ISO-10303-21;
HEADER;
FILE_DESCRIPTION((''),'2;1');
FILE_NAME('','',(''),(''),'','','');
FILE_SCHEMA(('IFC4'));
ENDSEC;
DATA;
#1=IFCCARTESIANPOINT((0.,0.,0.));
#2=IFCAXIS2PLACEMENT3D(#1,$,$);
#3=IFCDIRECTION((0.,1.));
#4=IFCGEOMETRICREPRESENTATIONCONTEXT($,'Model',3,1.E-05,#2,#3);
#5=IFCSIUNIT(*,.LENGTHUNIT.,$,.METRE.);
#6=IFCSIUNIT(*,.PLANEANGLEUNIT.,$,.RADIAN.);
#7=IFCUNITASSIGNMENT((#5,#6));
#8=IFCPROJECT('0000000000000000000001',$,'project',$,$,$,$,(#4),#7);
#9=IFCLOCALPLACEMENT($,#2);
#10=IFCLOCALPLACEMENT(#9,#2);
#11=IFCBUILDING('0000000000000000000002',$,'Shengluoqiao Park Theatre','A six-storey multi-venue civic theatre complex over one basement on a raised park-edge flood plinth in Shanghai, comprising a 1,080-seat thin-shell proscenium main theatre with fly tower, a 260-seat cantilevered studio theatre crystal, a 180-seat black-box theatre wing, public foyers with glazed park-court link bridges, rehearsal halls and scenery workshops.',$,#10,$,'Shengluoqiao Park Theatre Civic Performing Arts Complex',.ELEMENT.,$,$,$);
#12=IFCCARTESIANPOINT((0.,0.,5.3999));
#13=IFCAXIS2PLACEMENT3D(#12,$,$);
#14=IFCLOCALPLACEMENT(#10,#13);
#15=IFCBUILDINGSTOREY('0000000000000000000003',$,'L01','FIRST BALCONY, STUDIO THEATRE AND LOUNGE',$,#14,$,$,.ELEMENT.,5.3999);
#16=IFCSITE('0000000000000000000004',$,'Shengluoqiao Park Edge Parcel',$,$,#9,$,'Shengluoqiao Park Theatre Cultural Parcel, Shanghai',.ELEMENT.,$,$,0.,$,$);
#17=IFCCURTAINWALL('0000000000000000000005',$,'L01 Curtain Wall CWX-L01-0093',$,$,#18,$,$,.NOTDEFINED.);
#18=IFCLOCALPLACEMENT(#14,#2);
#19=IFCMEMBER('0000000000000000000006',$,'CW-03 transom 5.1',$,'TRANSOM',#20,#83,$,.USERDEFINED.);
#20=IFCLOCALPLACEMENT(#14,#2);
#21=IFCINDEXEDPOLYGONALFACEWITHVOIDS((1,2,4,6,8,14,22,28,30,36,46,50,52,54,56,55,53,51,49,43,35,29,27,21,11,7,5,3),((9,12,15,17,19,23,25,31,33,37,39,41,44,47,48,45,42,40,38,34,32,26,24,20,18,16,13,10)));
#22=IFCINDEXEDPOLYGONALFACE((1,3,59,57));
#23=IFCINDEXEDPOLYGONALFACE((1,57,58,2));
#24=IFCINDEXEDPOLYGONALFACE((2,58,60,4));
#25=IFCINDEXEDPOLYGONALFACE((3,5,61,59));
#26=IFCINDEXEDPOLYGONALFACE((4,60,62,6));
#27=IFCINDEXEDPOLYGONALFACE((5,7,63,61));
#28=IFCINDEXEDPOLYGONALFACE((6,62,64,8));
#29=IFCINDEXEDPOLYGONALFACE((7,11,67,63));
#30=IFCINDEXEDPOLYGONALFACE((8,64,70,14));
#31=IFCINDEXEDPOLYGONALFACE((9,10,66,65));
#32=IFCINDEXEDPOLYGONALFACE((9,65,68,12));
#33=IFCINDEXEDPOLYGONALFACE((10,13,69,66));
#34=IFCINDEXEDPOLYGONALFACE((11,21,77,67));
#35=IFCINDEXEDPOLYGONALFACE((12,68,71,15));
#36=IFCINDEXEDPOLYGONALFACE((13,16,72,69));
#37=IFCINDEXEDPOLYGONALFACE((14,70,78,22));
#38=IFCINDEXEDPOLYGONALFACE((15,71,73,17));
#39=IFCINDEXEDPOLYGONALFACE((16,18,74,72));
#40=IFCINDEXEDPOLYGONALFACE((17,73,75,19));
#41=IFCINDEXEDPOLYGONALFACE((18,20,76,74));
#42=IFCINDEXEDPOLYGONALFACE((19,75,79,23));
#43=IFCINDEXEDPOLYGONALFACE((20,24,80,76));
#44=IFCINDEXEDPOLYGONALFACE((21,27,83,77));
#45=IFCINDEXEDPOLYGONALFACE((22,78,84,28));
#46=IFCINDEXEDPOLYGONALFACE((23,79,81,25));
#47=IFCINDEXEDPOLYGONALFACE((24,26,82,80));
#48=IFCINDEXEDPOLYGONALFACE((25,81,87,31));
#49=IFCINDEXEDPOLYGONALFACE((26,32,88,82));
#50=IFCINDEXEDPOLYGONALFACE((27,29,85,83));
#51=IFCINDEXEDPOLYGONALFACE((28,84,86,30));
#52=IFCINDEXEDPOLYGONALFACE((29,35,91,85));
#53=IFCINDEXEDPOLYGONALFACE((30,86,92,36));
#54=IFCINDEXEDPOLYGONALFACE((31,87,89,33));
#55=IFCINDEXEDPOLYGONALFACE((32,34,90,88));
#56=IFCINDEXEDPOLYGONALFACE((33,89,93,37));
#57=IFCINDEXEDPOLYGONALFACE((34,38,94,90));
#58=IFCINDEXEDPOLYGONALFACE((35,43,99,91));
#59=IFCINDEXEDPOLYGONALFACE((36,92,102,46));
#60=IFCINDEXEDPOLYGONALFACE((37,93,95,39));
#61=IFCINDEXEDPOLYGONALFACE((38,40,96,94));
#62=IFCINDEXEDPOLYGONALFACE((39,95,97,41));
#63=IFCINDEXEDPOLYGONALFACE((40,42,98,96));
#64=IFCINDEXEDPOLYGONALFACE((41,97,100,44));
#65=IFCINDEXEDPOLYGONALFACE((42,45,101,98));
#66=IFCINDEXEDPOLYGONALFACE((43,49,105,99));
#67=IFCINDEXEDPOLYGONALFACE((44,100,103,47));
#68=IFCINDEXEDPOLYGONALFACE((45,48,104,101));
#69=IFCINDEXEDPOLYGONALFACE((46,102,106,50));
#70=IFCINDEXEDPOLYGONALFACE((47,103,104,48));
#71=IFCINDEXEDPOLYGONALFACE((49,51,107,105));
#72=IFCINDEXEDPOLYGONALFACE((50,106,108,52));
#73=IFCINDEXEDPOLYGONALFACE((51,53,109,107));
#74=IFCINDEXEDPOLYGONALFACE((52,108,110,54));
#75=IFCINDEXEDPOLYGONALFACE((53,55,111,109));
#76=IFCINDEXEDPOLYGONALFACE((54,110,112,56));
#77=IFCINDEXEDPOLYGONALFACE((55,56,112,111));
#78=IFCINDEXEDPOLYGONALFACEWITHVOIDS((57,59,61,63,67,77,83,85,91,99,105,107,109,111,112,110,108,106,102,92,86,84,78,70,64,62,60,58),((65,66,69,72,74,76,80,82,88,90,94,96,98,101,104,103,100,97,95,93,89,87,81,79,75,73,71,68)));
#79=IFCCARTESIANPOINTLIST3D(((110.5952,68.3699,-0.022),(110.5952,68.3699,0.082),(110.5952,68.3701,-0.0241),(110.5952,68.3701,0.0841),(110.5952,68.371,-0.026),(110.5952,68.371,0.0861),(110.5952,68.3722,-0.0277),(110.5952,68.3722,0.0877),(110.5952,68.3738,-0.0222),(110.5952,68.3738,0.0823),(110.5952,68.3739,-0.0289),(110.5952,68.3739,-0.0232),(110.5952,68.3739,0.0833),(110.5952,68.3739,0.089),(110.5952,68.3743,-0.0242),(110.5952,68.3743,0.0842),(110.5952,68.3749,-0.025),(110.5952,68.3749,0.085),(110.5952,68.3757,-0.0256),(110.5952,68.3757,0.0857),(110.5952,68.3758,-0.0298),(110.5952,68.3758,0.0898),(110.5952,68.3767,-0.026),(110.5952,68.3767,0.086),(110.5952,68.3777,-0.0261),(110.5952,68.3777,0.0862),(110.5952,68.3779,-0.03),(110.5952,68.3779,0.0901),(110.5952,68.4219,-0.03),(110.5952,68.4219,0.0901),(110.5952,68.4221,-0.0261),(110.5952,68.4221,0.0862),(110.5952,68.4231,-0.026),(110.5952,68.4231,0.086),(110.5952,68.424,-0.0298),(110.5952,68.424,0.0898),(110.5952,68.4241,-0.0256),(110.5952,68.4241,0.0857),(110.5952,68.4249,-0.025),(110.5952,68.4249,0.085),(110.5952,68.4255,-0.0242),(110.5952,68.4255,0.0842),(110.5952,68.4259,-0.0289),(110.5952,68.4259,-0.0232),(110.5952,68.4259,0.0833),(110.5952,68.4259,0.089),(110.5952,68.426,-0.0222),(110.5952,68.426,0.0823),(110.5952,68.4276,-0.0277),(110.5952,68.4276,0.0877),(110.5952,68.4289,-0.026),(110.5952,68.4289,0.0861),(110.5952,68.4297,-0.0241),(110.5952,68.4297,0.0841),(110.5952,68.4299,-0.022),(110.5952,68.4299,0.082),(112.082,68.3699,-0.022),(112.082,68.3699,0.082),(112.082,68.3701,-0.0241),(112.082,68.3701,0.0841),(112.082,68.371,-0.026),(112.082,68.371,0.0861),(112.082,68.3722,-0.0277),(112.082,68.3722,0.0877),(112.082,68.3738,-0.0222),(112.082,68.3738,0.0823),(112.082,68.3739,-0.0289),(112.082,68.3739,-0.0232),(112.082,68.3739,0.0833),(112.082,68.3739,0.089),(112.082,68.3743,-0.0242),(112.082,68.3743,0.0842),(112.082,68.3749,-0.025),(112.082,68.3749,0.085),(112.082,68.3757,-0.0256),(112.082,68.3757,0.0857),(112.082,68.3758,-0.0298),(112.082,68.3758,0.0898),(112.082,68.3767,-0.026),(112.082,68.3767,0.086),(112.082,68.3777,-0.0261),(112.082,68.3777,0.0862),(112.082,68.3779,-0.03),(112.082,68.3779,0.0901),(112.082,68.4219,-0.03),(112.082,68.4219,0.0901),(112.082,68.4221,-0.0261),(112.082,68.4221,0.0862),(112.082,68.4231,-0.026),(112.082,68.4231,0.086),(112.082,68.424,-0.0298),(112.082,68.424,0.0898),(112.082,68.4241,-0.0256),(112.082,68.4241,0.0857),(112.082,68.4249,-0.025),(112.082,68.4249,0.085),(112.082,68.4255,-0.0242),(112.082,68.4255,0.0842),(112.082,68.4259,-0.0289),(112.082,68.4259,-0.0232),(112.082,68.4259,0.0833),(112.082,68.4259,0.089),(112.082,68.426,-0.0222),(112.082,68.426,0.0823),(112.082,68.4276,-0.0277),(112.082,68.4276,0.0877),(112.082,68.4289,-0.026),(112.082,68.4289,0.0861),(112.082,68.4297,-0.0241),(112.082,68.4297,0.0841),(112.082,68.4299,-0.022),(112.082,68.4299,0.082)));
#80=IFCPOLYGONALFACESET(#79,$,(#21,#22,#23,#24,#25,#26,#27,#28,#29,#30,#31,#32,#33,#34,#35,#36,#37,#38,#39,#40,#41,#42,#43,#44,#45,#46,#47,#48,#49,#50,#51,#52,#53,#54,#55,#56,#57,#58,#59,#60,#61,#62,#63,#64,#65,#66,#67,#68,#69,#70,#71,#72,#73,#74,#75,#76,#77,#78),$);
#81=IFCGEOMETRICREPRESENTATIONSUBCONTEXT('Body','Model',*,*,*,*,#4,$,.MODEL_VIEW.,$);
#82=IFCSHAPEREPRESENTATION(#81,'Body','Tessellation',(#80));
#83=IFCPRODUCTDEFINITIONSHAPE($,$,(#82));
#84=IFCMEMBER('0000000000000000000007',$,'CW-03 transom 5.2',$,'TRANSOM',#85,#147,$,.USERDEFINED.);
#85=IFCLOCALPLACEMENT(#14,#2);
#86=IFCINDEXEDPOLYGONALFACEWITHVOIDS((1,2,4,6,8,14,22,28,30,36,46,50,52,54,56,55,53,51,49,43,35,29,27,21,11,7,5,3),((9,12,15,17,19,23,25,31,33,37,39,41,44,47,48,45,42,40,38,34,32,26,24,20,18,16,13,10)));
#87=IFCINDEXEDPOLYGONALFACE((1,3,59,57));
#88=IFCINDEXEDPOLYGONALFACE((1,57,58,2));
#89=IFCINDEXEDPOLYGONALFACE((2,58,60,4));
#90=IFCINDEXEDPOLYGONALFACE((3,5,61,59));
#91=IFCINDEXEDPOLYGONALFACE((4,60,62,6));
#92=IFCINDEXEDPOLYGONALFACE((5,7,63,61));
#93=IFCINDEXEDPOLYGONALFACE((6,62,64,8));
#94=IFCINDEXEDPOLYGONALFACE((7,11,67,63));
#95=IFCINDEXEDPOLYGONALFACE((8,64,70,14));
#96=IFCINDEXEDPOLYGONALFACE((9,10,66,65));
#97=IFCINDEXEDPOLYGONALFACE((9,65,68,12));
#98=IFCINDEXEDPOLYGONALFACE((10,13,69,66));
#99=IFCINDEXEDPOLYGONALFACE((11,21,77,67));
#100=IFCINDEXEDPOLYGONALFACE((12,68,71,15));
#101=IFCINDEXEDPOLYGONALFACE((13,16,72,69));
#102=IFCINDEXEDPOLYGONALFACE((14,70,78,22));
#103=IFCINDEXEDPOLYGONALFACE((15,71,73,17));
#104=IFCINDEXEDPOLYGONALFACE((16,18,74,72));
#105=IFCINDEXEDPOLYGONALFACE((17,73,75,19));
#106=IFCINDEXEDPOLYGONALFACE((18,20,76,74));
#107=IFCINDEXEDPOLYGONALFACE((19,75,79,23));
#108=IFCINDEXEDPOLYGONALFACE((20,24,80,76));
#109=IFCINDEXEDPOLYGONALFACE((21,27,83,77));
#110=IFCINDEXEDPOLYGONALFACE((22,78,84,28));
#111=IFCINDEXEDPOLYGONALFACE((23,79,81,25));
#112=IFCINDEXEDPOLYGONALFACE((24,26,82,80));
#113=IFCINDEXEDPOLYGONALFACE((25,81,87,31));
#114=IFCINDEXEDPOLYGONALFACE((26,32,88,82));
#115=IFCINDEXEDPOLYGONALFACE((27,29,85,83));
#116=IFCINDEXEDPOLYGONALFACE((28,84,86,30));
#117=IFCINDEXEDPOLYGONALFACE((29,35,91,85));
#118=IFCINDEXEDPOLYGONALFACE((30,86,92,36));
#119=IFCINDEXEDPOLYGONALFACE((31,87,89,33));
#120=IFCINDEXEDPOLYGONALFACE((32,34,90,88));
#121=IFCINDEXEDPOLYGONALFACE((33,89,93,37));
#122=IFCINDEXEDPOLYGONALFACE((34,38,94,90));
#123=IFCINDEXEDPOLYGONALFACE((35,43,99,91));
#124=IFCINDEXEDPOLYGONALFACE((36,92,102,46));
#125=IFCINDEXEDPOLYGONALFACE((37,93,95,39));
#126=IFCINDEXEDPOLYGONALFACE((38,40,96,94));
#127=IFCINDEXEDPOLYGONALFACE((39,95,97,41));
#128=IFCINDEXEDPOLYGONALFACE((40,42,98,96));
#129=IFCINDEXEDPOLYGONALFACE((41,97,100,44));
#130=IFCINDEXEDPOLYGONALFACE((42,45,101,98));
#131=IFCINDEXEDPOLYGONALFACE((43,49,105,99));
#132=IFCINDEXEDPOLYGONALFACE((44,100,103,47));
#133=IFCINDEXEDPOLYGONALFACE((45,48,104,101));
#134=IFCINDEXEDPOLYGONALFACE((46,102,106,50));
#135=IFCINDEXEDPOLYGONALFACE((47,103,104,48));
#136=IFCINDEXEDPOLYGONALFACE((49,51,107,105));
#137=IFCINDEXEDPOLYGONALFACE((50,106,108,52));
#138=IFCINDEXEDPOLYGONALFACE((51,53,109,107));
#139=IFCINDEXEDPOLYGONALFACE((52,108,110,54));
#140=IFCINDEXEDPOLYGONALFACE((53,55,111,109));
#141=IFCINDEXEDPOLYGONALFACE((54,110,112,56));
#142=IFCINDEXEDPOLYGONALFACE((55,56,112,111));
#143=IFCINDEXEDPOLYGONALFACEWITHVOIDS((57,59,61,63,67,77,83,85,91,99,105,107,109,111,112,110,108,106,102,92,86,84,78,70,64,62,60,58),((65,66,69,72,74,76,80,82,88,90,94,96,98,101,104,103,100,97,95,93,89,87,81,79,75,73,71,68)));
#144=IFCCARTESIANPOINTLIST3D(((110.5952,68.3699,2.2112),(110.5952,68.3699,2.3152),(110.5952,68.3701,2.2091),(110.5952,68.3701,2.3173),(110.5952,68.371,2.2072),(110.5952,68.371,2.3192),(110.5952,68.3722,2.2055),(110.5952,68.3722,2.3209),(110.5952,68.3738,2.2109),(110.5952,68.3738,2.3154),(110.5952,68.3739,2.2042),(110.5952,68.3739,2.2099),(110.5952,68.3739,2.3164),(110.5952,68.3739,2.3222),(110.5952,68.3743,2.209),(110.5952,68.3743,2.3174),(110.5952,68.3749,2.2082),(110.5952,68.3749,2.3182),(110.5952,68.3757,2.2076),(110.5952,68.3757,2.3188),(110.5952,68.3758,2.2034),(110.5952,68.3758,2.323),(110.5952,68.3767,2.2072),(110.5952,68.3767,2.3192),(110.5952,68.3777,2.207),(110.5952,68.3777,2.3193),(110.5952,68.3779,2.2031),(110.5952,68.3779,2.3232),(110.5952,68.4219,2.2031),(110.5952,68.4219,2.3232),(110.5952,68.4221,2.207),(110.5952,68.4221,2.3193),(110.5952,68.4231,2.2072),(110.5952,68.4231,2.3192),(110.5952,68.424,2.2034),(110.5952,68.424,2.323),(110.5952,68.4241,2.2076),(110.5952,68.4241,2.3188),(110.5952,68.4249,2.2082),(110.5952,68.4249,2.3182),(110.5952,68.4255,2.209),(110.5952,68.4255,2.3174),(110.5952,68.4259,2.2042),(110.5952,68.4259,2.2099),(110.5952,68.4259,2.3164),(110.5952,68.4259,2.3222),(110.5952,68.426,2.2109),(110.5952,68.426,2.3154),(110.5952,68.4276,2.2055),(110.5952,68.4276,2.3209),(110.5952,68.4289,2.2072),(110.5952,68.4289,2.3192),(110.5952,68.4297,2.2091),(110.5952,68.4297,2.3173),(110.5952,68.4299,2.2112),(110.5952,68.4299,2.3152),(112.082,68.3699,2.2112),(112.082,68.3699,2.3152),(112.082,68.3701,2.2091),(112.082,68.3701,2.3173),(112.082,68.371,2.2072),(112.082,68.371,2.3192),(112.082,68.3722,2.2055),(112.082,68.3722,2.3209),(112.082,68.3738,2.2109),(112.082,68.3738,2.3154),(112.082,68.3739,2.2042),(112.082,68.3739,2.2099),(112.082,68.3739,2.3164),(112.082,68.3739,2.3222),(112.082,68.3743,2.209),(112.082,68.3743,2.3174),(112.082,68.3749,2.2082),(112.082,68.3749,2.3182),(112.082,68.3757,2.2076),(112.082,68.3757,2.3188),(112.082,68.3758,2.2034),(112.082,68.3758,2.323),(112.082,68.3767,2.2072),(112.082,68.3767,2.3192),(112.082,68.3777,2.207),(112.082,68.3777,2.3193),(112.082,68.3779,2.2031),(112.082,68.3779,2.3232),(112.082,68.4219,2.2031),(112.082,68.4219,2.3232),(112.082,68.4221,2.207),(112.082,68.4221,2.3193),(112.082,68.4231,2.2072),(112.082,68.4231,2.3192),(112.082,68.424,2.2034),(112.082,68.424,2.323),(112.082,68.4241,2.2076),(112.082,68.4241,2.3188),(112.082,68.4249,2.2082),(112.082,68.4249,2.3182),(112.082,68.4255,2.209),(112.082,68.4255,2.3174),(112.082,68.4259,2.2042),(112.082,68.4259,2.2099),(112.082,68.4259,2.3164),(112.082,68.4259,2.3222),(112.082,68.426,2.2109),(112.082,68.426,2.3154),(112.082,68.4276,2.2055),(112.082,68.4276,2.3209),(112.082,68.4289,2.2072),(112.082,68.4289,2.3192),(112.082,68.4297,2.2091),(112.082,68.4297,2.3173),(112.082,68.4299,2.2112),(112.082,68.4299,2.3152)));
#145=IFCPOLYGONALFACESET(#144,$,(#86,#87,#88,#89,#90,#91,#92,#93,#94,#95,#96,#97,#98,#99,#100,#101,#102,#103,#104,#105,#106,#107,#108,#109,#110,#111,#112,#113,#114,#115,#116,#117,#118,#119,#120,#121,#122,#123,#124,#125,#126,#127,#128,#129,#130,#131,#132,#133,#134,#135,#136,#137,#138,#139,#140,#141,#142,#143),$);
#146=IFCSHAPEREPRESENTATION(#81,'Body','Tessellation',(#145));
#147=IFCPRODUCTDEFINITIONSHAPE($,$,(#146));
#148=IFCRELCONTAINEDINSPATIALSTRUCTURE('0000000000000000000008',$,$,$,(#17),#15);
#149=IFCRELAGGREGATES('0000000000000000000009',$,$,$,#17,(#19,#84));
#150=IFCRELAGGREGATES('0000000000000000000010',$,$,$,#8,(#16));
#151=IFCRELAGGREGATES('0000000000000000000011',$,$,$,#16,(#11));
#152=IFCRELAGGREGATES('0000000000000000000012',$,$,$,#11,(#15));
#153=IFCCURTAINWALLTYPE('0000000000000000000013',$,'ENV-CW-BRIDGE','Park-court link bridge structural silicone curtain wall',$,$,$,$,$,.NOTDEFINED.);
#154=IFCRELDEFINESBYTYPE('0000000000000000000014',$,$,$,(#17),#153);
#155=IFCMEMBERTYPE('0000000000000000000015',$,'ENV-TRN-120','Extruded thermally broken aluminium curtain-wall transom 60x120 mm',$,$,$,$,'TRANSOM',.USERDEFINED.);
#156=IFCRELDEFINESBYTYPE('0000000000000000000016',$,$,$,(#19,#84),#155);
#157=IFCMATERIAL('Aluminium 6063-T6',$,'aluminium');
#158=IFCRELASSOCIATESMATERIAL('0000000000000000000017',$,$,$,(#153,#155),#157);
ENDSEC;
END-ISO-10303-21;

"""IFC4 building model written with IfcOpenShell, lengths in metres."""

from ifc_helpers import new_model, si_unit, direction, frame, origin, origin_2d, place, context, subcontext, project, spatial, hollow_rectangle, extrude, material, material_profile, profile_set, type_object, element, aggregate, save


model = new_model("IFC4")

# Units and contexts
model_context = context("Model", 3, precision=1e-05, world=origin(), true_north=direction((0.0, 1.0)))
body_context = subcontext(model_context, "Body", "Model", "MODEL_VIEW")
ifc_project = project(units=[si_unit("LENGTHUNIT", "METRE"), si_unit("PLANEANGLEUNIT", "RADIAN")], contexts=[model_context])

# Site, building, storey
site_placement = place(None, origin())
site = spatial("IfcSite", under=ifc_project, at=site_placement, Name="Shengluoqiao Park Edge Parcel", LongName="Shengluoqiao Park Theatre Cultural Parcel, Shanghai", CompositionType="ELEMENT", RefElevation=0.0)
building_placement = place(site_placement, origin())
building = spatial("IfcBuilding", under=site, at=building_placement, Name="Shengluoqiao Park Theatre", Description="A six-storey multi-venue civic theatre complex over one basement on a raised park-edge flood plinth in Shanghai, comprising a 1,080-seat thin-shell proscenium main theatre with fly tower, a 260-seat cantilevered studio theatre crystal, a 180-seat black-box theatre wing, public foyers with glazed park-court link bridges, rehearsal halls and scenery workshops.", LongName="Shengluoqiao Park Theatre Civic Performing Arts Complex", CompositionType="ELEMENT")
storey_placement = place(building_placement, frame((0.0, 0.0, 5.3999)))
storey = spatial("IfcBuildingStorey", under=building, at=storey_placement, Name="L01", Description="FIRST BALCONY, STUDIO THEATRE AND LOUNGE", CompositionType="ELEMENT", Elevation=5.3999)

# Curtain wall
ifc_material_1 = material(Name="Aluminium 6063-T6", Category="aluminium")
curtain_wall_type = type_object("IfcCurtainWallType", Name="ENV-CW-BRIDGE", Description="Park-court link bridge structural silicone curtain wall", PredefinedType="NOTDEFINED", material=ifc_material_1)
curtain_wall_1_placement = place(storey_placement, origin())
curtain_wall_1 = element("IfcCurtainWall", 1, at=curtain_wall_1_placement, inside=storey, type_object=curtain_wall_type, Name="L01 Curtain Wall CWX-L01-0093", PredefinedType="NOTDEFINED")

# Members
ifc_material_profile_1 = material_profile(ifc_material_1, hollow_rectangle(XDim=0.0601, YDim=0.1201, WallThickness=0.0039, InnerFilletRadius=0.0039, OuterFilletRadius=0.0081, at=origin_2d()), Name="ALU TRANSOM 120x60x4")
ifc_profile_set_1 = profile_set([ifc_material_profile_1], Name="Aluminium 6063-T6")
member_type_1 = type_object("IfcMemberType", Name="ENV-TRN-120", Description="Extruded thermally broken aluminium curtain-wall transom 60x120 mm", ElementType="TRANSOM", PredefinedType="USERDEFINED", material=ifc_profile_set_1)
member_1_placement = place(storey_placement, frame((110.5952, 68.3999, 0.03), z_axis=(1.0, 0.0, 0.0), x_axis=(0.0, 1.0, 0.0)))
member_1 = element("IfcMember", 2, at=member_1_placement, type_object=member_type_1, Name="CW-03 transom 5.1", ObjectType="TRANSOM", PredefinedType="USERDEFINED", context=body_context, shape_type="SweptSolid", body=[
    extrude(hollow_rectangle(XDim=0.0601, YDim=0.1201, WallThickness=0.0039, InnerFilletRadius=0.0039, OuterFilletRadius=0.0081, at=origin_2d()), origin(), (0.0, 0.0, 1.0), 1.4868),
])
member_2_placement = place(storey_placement, frame((110.5952, 68.3999, 2.2632), z_axis=(1.0, 0.0, 0.0), x_axis=(0.0, 1.0, 0.0)))
member_2 = element("IfcMember", 3, at=member_2_placement, type_object=member_type_1, Name="CW-03 transom 5.2", ObjectType="TRANSOM", PredefinedType="USERDEFINED", context=body_context, shape_type="SweptSolid", body=[
    extrude(hollow_rectangle(XDim=0.0601, YDim=0.1201, WallThickness=0.0039, InnerFilletRadius=0.0039, OuterFilletRadius=0.0081, at=origin_2d()), origin(), (0.0, 0.0, 1.0), 1.4868),
])

aggregate(curtain_wall_1, [member_1, member_2])

save(model, "model.ifc")
